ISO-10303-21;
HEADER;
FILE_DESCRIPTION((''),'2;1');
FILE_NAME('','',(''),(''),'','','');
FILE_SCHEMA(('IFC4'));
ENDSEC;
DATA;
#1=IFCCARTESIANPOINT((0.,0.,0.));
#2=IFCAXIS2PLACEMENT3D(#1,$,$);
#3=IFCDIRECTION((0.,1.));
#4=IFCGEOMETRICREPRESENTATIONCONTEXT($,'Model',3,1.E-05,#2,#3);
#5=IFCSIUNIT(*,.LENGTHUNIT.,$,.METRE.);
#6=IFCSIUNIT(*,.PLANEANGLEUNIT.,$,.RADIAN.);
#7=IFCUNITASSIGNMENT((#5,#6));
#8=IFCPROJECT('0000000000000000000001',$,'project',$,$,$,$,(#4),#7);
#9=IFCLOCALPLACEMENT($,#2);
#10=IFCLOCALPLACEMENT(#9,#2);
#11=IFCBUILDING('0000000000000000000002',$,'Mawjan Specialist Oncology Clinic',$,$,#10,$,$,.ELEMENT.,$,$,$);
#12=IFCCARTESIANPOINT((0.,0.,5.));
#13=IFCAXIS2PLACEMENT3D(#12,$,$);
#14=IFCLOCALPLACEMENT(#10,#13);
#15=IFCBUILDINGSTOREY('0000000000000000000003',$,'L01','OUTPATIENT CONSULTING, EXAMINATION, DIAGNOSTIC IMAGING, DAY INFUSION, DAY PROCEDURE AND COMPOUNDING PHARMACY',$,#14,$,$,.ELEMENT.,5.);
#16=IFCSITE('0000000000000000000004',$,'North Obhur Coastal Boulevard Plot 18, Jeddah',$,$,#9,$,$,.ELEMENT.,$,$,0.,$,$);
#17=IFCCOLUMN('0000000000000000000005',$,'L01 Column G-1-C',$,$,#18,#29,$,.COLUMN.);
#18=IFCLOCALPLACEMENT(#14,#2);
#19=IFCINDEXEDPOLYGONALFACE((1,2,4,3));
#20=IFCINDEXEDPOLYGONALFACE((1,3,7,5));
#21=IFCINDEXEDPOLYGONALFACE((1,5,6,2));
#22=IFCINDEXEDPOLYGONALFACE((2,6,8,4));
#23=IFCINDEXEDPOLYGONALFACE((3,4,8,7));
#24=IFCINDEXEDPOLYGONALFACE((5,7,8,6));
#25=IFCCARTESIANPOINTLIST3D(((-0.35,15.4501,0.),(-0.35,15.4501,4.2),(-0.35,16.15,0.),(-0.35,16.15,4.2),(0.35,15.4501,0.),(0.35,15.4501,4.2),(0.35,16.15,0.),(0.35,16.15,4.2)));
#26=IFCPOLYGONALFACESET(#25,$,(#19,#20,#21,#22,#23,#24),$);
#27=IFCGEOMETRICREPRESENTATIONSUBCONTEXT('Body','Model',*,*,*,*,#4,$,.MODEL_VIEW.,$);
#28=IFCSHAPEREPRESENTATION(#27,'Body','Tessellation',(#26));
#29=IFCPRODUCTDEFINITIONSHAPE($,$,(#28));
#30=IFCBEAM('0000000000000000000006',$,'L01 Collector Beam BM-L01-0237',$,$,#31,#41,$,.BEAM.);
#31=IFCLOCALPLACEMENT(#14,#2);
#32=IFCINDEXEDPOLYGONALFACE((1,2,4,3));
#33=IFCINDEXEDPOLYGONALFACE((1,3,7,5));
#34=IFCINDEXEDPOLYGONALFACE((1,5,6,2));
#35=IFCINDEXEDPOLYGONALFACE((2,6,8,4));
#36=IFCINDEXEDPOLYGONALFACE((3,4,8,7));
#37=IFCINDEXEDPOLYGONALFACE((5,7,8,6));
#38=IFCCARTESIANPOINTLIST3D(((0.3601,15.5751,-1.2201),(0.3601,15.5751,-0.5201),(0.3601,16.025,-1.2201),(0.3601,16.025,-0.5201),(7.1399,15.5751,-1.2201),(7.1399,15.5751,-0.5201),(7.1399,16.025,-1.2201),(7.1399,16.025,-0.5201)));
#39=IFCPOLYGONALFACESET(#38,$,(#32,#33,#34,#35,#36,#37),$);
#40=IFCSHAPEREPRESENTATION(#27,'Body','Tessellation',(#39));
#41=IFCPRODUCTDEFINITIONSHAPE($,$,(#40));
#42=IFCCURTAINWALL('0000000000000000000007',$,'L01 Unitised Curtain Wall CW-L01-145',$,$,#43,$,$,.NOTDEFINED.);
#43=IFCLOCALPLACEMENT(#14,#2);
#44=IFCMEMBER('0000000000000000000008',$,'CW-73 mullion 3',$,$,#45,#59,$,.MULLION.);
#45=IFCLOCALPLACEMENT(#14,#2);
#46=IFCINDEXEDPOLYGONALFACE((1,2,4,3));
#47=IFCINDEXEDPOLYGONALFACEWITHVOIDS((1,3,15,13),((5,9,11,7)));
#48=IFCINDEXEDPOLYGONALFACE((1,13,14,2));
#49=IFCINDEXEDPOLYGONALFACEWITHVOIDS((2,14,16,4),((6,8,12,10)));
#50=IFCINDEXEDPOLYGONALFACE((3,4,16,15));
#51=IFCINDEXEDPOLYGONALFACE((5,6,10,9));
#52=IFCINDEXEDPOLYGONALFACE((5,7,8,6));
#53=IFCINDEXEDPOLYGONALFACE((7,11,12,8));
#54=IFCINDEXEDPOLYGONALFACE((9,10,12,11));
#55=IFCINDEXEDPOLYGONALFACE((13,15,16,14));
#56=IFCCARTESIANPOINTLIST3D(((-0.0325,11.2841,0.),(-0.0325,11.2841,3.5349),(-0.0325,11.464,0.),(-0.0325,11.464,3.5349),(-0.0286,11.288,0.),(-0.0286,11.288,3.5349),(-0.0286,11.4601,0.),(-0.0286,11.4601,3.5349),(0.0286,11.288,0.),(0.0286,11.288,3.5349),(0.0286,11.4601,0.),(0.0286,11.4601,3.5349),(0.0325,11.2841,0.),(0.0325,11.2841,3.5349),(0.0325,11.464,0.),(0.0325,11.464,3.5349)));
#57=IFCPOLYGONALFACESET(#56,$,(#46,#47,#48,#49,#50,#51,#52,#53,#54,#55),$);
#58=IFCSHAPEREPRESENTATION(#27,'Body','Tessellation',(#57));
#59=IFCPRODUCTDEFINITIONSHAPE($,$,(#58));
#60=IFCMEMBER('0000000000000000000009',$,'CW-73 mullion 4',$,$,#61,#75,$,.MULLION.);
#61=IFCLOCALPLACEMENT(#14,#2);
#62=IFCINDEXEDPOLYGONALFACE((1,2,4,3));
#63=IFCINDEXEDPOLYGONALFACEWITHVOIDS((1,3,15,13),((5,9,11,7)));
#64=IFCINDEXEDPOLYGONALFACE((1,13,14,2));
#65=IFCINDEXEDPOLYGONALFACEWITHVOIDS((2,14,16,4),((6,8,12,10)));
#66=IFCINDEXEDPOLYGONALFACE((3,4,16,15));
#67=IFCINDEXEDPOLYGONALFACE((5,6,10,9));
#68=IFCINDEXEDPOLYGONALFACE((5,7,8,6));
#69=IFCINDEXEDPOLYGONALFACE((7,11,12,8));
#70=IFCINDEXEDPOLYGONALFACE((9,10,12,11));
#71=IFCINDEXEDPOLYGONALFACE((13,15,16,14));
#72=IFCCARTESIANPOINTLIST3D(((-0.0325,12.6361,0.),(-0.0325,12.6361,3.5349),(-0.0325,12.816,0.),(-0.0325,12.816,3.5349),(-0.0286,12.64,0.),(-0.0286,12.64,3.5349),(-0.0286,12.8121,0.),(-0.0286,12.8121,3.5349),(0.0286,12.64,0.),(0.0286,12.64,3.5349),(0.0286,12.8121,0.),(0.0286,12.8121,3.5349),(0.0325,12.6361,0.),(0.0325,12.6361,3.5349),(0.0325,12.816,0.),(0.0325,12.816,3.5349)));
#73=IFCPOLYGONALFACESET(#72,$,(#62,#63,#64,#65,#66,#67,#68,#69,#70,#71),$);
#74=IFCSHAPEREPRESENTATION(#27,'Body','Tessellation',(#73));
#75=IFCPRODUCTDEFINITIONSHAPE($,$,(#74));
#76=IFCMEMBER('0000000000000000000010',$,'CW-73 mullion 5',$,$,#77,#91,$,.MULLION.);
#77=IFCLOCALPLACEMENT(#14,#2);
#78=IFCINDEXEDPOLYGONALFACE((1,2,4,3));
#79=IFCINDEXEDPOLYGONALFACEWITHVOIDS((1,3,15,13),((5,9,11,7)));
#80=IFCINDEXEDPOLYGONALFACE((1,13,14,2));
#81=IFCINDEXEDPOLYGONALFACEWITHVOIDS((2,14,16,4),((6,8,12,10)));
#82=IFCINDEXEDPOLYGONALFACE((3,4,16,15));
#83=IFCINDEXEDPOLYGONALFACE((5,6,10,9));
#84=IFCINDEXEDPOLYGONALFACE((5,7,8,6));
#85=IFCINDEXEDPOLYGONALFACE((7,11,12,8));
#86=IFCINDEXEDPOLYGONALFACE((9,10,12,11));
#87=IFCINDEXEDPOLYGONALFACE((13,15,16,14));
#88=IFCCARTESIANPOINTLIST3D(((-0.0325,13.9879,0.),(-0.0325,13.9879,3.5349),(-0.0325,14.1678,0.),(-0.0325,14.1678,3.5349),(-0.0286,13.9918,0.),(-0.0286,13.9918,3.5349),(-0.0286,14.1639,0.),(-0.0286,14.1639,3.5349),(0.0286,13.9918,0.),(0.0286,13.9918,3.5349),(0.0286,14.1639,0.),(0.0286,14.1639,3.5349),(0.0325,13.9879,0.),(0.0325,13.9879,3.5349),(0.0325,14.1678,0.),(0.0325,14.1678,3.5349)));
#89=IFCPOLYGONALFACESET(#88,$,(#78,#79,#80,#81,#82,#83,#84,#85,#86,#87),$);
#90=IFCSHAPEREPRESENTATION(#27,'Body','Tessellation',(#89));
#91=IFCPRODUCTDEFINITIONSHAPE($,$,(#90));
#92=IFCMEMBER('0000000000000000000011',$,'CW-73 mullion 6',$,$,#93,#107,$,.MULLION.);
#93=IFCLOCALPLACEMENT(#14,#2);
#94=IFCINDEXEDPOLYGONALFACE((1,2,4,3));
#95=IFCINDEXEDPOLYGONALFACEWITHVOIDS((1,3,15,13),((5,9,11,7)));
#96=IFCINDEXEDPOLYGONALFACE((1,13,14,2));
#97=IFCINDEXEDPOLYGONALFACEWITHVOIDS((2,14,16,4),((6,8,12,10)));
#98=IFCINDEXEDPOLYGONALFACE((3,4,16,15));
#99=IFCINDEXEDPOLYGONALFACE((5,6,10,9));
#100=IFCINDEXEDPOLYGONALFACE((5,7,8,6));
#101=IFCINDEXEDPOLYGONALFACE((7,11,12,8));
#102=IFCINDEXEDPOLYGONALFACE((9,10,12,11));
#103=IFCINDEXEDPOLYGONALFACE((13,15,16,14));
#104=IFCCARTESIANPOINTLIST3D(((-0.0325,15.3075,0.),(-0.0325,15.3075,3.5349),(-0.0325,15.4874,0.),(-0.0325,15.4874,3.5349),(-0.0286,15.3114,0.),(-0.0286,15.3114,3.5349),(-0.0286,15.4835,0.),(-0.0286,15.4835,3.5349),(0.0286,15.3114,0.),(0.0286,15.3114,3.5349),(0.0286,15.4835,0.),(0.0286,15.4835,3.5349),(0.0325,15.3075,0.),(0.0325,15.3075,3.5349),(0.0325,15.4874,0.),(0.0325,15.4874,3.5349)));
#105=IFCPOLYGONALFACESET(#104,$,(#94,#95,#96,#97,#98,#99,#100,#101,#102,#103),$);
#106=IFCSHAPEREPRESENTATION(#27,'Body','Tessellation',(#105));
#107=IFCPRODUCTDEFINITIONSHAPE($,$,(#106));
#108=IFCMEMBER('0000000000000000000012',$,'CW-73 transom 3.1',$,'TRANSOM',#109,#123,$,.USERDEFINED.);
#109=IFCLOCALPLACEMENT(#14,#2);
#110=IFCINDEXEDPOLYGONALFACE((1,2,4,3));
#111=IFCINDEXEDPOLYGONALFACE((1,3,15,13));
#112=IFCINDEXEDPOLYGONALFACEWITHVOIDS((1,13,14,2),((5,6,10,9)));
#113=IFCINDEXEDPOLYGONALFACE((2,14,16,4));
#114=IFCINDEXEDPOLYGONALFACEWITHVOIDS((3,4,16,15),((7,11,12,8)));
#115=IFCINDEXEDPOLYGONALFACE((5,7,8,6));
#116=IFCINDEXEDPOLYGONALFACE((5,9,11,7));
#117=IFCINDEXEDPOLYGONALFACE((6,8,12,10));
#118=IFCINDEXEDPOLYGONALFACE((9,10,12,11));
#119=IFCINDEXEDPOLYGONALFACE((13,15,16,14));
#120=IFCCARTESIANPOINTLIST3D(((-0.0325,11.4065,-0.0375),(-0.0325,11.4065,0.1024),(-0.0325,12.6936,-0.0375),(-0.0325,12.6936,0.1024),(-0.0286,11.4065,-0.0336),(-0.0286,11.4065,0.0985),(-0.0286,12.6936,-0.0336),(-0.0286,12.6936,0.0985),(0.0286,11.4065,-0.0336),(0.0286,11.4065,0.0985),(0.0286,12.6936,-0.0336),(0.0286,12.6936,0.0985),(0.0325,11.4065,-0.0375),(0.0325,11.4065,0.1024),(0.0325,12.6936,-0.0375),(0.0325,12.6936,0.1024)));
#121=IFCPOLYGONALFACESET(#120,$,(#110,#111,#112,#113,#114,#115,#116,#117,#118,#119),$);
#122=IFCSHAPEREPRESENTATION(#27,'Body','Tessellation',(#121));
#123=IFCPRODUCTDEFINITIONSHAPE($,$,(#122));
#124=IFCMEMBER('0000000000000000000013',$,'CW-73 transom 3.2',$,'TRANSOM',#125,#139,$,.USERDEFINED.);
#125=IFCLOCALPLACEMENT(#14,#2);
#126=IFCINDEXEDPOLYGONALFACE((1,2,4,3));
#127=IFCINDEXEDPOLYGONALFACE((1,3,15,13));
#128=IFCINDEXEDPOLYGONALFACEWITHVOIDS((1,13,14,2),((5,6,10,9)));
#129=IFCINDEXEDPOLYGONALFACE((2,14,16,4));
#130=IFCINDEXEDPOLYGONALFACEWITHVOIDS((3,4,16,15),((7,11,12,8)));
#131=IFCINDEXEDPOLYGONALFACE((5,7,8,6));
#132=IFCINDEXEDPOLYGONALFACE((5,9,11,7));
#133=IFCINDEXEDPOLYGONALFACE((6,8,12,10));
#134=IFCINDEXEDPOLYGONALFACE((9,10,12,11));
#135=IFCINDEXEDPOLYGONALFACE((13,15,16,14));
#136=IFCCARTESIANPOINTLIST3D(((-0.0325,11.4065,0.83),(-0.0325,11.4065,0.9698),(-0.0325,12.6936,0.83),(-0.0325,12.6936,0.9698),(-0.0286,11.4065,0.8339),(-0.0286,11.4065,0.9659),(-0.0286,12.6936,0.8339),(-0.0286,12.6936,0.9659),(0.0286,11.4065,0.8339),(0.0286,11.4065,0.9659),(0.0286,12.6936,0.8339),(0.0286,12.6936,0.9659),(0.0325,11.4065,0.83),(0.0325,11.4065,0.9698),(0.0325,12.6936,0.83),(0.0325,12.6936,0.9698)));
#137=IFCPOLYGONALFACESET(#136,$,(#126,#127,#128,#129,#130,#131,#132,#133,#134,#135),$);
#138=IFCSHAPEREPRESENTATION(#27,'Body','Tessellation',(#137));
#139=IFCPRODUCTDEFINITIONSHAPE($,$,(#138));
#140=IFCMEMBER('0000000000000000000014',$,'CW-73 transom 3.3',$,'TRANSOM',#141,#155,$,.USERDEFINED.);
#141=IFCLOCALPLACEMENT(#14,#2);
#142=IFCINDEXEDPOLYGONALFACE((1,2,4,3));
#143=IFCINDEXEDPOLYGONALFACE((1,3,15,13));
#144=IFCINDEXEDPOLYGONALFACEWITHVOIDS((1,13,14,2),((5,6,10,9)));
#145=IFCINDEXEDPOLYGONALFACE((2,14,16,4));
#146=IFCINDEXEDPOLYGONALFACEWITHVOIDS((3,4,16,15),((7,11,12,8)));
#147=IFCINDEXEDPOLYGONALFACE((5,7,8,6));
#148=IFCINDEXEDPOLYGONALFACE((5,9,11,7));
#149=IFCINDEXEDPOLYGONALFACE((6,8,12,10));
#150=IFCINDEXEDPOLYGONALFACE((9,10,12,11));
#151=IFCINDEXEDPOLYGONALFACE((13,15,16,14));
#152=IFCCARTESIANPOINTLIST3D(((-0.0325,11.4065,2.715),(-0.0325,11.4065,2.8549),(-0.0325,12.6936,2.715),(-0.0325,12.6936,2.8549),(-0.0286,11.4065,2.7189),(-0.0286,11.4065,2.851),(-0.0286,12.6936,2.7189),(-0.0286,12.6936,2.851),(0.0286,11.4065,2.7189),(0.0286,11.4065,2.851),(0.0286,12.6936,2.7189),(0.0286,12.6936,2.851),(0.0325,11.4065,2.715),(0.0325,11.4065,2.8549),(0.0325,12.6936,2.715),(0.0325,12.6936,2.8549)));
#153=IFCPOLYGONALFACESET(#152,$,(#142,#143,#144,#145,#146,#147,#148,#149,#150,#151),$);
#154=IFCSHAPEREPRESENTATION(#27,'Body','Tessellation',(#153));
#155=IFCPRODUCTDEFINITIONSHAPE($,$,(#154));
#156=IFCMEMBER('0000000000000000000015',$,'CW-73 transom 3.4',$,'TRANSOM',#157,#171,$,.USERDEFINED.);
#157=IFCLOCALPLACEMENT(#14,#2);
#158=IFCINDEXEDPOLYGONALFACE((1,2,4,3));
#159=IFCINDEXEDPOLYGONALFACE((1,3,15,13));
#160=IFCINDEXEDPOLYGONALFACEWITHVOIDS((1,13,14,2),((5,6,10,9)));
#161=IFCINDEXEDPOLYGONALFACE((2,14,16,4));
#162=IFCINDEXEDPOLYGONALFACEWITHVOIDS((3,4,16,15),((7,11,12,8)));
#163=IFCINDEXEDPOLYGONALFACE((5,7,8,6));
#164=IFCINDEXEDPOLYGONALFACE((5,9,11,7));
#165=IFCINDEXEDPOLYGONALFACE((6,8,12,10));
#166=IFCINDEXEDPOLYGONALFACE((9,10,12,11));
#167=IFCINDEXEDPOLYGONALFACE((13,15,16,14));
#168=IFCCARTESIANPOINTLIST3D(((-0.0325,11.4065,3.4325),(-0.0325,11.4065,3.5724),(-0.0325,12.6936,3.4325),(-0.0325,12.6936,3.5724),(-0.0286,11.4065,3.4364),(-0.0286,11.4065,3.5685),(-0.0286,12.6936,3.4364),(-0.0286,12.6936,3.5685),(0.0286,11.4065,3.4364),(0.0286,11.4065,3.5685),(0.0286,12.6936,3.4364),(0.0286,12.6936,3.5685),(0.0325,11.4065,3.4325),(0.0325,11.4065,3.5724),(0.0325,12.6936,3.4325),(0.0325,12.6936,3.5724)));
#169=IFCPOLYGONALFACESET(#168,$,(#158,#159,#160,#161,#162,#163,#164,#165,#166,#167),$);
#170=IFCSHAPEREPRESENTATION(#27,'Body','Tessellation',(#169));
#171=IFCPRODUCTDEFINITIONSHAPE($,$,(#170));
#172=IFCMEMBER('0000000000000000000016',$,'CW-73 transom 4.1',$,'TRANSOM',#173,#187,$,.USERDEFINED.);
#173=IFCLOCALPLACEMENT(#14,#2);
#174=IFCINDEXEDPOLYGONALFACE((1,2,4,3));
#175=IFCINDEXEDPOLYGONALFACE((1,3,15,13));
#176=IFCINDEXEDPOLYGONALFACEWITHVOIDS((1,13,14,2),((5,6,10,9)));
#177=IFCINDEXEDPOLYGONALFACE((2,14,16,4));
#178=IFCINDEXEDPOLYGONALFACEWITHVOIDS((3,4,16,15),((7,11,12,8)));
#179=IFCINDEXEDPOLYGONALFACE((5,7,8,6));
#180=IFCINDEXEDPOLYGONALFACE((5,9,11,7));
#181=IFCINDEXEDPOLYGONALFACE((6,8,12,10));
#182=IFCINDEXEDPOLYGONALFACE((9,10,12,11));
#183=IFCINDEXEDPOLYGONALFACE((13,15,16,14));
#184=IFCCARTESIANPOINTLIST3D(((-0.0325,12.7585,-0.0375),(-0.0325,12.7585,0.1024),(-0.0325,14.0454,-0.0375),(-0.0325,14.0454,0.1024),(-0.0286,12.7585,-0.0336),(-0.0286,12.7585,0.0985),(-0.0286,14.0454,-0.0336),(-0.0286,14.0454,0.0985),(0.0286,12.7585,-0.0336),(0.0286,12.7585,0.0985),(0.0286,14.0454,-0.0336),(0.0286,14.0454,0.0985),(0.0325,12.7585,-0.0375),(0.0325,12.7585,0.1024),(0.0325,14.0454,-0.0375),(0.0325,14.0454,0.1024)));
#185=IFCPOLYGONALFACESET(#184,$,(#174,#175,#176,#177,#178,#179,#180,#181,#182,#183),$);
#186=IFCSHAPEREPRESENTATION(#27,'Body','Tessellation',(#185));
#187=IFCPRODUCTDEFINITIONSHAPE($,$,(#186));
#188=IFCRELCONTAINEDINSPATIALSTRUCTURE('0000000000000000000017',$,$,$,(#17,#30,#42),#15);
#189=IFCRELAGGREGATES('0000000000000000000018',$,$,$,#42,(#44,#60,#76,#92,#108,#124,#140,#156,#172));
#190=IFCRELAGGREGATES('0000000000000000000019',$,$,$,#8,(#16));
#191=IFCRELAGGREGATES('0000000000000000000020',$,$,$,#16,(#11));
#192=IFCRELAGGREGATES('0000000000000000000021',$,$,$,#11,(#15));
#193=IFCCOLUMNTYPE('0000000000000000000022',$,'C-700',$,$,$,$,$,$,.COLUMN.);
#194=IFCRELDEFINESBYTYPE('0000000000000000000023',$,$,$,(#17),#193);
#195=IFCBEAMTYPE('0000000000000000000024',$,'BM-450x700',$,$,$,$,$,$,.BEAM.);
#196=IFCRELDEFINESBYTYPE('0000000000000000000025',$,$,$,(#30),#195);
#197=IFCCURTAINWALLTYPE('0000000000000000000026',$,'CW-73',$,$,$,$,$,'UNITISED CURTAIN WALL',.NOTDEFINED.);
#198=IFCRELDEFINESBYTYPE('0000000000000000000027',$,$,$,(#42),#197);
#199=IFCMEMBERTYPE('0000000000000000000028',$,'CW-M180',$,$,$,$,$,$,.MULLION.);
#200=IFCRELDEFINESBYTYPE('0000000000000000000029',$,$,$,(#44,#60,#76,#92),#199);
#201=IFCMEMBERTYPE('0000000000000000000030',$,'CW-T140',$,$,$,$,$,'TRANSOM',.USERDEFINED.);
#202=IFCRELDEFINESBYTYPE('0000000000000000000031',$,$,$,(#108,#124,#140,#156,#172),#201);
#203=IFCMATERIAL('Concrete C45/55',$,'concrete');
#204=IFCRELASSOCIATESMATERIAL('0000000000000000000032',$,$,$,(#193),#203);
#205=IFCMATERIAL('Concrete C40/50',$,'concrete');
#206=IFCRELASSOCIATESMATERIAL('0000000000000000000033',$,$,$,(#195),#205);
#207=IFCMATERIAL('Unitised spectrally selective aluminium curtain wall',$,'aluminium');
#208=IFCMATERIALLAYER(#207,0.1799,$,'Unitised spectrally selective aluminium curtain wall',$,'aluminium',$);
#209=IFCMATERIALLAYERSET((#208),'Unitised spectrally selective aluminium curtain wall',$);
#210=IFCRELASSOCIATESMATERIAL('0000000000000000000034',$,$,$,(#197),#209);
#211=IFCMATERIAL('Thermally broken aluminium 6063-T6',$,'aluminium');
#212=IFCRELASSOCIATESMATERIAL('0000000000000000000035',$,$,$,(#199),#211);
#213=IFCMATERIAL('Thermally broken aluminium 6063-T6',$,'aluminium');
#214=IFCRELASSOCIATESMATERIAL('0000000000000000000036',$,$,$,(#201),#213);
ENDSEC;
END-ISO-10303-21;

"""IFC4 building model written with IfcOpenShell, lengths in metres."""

from ifc_helpers import new_model, si_unit, direction, frame, origin, origin_2d, place, context, subcontext, project, spatial, rectangle, hollow_rectangle, extrude, material, layer, layer_set, material_profile, profile_set, type_object, element, aggregate, save


model = new_model("IFC4")

# Units and contexts
model_context = context("Model", 3, precision=1e-05, world=origin(), true_north=direction((0.0, 1.0)))
body_context = subcontext(model_context, "Body", "Model", "MODEL_VIEW")
ifc_project = project(units=[si_unit("LENGTHUNIT", "METRE"), si_unit("PLANEANGLEUNIT", "RADIAN")], contexts=[model_context])

# Site, building, storey
site_placement = place(None, origin())
site = spatial("IfcSite", under=ifc_project, at=site_placement, Name="North Obhur Coastal Boulevard Plot 18, Jeddah", CompositionType="ELEMENT", RefElevation=0.0)
building_placement = place(site_placement, origin())
building = spatial("IfcBuilding", under=site, at=building_placement, Name="Mawjan Specialist Oncology Clinic", CompositionType="ELEMENT")
storey_placement = place(building_placement, frame((0.0, 0.0, 5.0)))
storey = spatial("IfcBuildingStorey", under=building, at=storey_placement, Name="L01", Description="OUTPATIENT CONSULTING, EXAMINATION, DIAGNOSTIC IMAGING, DAY INFUSION, DAY PROCEDURE AND COMPOUNDING PHARMACY", CompositionType="ELEMENT", Elevation=5.0)

# Column
ifc_material_1 = material(Name="Concrete C45/55", Category="concrete")
ifc_material_profile_1 = material_profile(ifc_material_1, rectangle(XDim=0.7, YDim=0.7, at=origin_2d()), Name="RC COL 700x700", Category="concrete")
ifc_profile_set_1 = profile_set([ifc_material_profile_1], Name="Concrete C45/55")
column_type = type_object("IfcColumnType", Name="C-700", PredefinedType="COLUMN", material=ifc_profile_set_1)
column_placement = place(storey_placement, frame((0.0, 15.8, 0.0), z_axis=(0.0, 0.0, 1.0), x_axis=(1.0, 0.0, 0.0)))
element("IfcColumn", 1, at=column_placement, inside=storey, type_object=column_type, Name="L01 Column G-1-C", PredefinedType="COLUMN", context=body_context, shape_type="SweptSolid", body=[
    extrude(rectangle(XDim=0.7, YDim=0.7, at=origin_2d()), origin(), (0.0, 0.0, 1.0), 4.2),
])

# Beam
ifc_material_2 = material(Name="Concrete C40/50", Category="concrete")
ifc_material_profile_2 = material_profile(ifc_material_2, rectangle(XDim=0.45, YDim=0.7, at=origin_2d()), Name="RC BM 450x700", Category="concrete")
ifc_profile_set_2 = profile_set([ifc_material_profile_2], Name="Concrete C40/50")
beam_type_1 = type_object("IfcBeamType", Name="BM-450x700", PredefinedType="BEAM", material=ifc_profile_set_2)
beam_1_placement = place(storey_placement, frame((0.3601, 15.8, -0.8701), z_axis=(1.0, 0.0, 0.0), x_axis=(0.0, 1.0, 0.0)))
element("IfcBeam", 2, at=beam_1_placement, inside=storey, type_object=beam_type_1, Name="L01 Collector Beam BM-L01-0237", PredefinedType="BEAM", context=body_context, shape_type="SweptSolid", body=[
    extrude(rectangle(XDim=0.45, YDim=0.7, at=origin_2d()), origin(), (0.0, 0.0, 1.0), 6.7798),
])

# Curtain wall, members
ifc_material_3 = material(Name="Unitised spectrally selective aluminium curtain wall", Category="aluminium")
ifc_layer_1 = layer(ifc_material_3, 0.1799, Name="Unitised spectrally selective aluminium curtain wall", Category="aluminium")
ifc_layer_set_1 = layer_set([ifc_layer_1], Name="Unitised spectrally selective aluminium curtain wall")
curtain_wall_type = type_object("IfcCurtainWallType", Name="CW-73", ElementType="UNITISED CURTAIN WALL", PredefinedType="NOTDEFINED", material=ifc_layer_set_1)
curtain_wall_placement = place(storey_placement, origin())
curtain_wall = element("IfcCurtainWall", 3, at=curtain_wall_placement, inside=storey, type_object=curtain_wall_type, Name="L01 Unitised Curtain Wall CW-L01-145", PredefinedType="NOTDEFINED")
ifc_material_4 = material(Name="Thermally broken aluminium 6063-T6", Category="aluminium")
ifc_material_profile_3 = material_profile(ifc_material_4, hollow_rectangle(XDim=0.0649, YDim=0.1799, WallThickness=0.0039, at=origin_2d()), Name="ALU MULLION 180x65x4", Category="aluminium")
ifc_profile_set_3 = profile_set([ifc_material_profile_3], Name="Thermally broken aluminium 6063-T6")
member_type_1 = type_object("IfcMemberType", Name="CW-M180", PredefinedType="MULLION", material=ifc_profile_set_3)
member_1_placement = place(storey_placement, frame((0.0, 11.374, 0.0), z_axis=(0.0, 0.0, 1.0), x_axis=(-1.0, 0.0, 0.0)))
member_1 = element("IfcMember", 4, at=member_1_placement, type_object=member_type_1, Name="CW-73 mullion 3", PredefinedType="MULLION", context=body_context, shape_type="SweptSolid", body=[
    extrude(hollow_rectangle(XDim=0.0649, YDim=0.1799, WallThickness=0.0039, at=origin_2d()), origin(), (0.0, 0.0, 1.0), 3.5349),
])
member_2_placement = place(storey_placement, frame((0.0, 12.7261, 0.0), z_axis=(0.0, 0.0, 1.0), x_axis=(-1.0, 0.0, 0.0)))
member_2 = element("IfcMember", 5, at=member_2_placement, type_object=member_type_1, Name="CW-73 mullion 4", PredefinedType="MULLION", context=body_context, shape_type="SweptSolid", body=[
    extrude(hollow_rectangle(XDim=0.0649, YDim=0.1799, WallThickness=0.0039, at=origin_2d()), origin(), (0.0, 0.0, 1.0), 3.5349),
])
member_3_placement = place(storey_placement, frame((0.0, 14.0779, 0.0), z_axis=(0.0, 0.0, 1.0), x_axis=(-1.0, 0.0, 0.0)))
member_3 = element("IfcMember", 6, at=member_3_placement, type_object=member_type_1, Name="CW-73 mullion 5", PredefinedType="MULLION", context=body_context, shape_type="SweptSolid", body=[
    extrude(hollow_rectangle(XDim=0.0649, YDim=0.1799, WallThickness=0.0039, at=origin_2d()), origin(), (0.0, 0.0, 1.0), 3.5349),
])
member_4_placement = place(storey_placement, frame((0.0, 15.3975, 0.0), z_axis=(0.0, 0.0, 1.0), x_axis=(-1.0, 0.0, 0.0)))
member_4 = element("IfcMember", 7, at=member_4_placement, type_object=member_type_1, Name="CW-73 mullion 6", PredefinedType="MULLION", context=body_context, shape_type="SweptSolid", body=[
    extrude(hollow_rectangle(XDim=0.0649, YDim=0.1799, WallThickness=0.0039, at=origin_2d()), origin(), (0.0, 0.0, 1.0), 3.5349),
])
ifc_material_5 = material(Name="Thermally broken aluminium 6063-T6", Category="aluminium")
ifc_material_profile_4 = material_profile(ifc_material_5, hollow_rectangle(XDim=0.0649, YDim=0.1399, WallThickness=0.0039, at=origin_2d()), Name="ALU TRANSOM 140x65x4", Category="aluminium")
ifc_profile_set_4 = profile_set([ifc_material_profile_4], Name="Thermally broken aluminium 6063-T6")
member_type_2 = type_object("IfcMemberType", Name="CW-T140", ElementType="TRANSOM", PredefinedType="USERDEFINED", material=ifc_profile_set_4)
member_5_placement = place(storey_placement, frame((0.0, 11.4065, 0.0325), z_axis=(0.0, 1.0, 0.0), x_axis=(-1.0, 0.0, 0.0)))
member_5 = element("IfcMember", 8, at=member_5_placement, type_object=member_type_2, Name="CW-73 transom 3.1", ObjectType="TRANSOM", PredefinedType="USERDEFINED", context=body_context, shape_type="SweptSolid", body=[
    extrude(hollow_rectangle(XDim=0.0649, YDim=0.1399, WallThickness=0.0039, at=origin_2d()), origin(), (0.0, 0.0, 1.0), 1.2871),
])
member_6_placement = place(storey_placement, frame((0.0, 11.4065, 0.8999), z_axis=(0.0, 1.0, 0.0), x_axis=(-1.0, 0.0, 0.0)))
member_6 = element("IfcMember", 9, at=member_6_placement, type_object=member_type_2, Name="CW-73 transom 3.2", ObjectType="TRANSOM", PredefinedType="USERDEFINED", context=body_context, shape_type="SweptSolid", body=[
    extrude(hollow_rectangle(XDim=0.0649, YDim=0.1399, WallThickness=0.0039, at=origin_2d()), origin(), (0.0, 0.0, 1.0), 1.2871),
])
member_7_placement = place(storey_placement, frame((0.0, 11.4065, 2.7849), z_axis=(0.0, 1.0, 0.0), x_axis=(-1.0, 0.0, 0.0)))
member_7 = element("IfcMember", 10, at=member_7_placement, type_object=member_type_2, Name="CW-73 transom 3.3", ObjectType="TRANSOM", PredefinedType="USERDEFINED", context=body_context, shape_type="SweptSolid", body=[
    extrude(hollow_rectangle(XDim=0.0649, YDim=0.1399, WallThickness=0.0039, at=origin_2d()), origin(), (0.0, 0.0, 1.0), 1.2871),
])
member_8_placement = place(storey_placement, frame((0.0, 11.4065, 3.5024), z_axis=(0.0, 1.0, 0.0), x_axis=(-1.0, 0.0, 0.0)))
member_8 = element("IfcMember", 11, at=member_8_placement, type_object=member_type_2, Name="CW-73 transom 3.4", ObjectType="TRANSOM", PredefinedType="USERDEFINED", context=body_context, shape_type="SweptSolid", body=[
    extrude(hollow_rectangle(XDim=0.0649, YDim=0.1399, WallThickness=0.0039, at=origin_2d()), origin(), (0.0, 0.0, 1.0), 1.2871),
])
member_9_placement = place(storey_placement, frame((0.0, 12.7585, 0.0325), z_axis=(0.0, 1.0, 0.0), x_axis=(-1.0, 0.0, 0.0)))
member_9 = element("IfcMember", 12, at=member_9_placement, type_object=member_type_2, Name="CW-73 transom 4.1", ObjectType="TRANSOM", PredefinedType="USERDEFINED", context=body_context, shape_type="SweptSolid", body=[
    extrude(hollow_rectangle(XDim=0.0649, YDim=0.1399, WallThickness=0.0039, at=origin_2d()), origin(), (0.0, 0.0, 1.0), 1.2869),
])

aggregate(curtain_wall, [member_1, member_2, member_3, member_4, member_5, member_6, member_7, member_8, member_9])

save(model, "model.ifc")
